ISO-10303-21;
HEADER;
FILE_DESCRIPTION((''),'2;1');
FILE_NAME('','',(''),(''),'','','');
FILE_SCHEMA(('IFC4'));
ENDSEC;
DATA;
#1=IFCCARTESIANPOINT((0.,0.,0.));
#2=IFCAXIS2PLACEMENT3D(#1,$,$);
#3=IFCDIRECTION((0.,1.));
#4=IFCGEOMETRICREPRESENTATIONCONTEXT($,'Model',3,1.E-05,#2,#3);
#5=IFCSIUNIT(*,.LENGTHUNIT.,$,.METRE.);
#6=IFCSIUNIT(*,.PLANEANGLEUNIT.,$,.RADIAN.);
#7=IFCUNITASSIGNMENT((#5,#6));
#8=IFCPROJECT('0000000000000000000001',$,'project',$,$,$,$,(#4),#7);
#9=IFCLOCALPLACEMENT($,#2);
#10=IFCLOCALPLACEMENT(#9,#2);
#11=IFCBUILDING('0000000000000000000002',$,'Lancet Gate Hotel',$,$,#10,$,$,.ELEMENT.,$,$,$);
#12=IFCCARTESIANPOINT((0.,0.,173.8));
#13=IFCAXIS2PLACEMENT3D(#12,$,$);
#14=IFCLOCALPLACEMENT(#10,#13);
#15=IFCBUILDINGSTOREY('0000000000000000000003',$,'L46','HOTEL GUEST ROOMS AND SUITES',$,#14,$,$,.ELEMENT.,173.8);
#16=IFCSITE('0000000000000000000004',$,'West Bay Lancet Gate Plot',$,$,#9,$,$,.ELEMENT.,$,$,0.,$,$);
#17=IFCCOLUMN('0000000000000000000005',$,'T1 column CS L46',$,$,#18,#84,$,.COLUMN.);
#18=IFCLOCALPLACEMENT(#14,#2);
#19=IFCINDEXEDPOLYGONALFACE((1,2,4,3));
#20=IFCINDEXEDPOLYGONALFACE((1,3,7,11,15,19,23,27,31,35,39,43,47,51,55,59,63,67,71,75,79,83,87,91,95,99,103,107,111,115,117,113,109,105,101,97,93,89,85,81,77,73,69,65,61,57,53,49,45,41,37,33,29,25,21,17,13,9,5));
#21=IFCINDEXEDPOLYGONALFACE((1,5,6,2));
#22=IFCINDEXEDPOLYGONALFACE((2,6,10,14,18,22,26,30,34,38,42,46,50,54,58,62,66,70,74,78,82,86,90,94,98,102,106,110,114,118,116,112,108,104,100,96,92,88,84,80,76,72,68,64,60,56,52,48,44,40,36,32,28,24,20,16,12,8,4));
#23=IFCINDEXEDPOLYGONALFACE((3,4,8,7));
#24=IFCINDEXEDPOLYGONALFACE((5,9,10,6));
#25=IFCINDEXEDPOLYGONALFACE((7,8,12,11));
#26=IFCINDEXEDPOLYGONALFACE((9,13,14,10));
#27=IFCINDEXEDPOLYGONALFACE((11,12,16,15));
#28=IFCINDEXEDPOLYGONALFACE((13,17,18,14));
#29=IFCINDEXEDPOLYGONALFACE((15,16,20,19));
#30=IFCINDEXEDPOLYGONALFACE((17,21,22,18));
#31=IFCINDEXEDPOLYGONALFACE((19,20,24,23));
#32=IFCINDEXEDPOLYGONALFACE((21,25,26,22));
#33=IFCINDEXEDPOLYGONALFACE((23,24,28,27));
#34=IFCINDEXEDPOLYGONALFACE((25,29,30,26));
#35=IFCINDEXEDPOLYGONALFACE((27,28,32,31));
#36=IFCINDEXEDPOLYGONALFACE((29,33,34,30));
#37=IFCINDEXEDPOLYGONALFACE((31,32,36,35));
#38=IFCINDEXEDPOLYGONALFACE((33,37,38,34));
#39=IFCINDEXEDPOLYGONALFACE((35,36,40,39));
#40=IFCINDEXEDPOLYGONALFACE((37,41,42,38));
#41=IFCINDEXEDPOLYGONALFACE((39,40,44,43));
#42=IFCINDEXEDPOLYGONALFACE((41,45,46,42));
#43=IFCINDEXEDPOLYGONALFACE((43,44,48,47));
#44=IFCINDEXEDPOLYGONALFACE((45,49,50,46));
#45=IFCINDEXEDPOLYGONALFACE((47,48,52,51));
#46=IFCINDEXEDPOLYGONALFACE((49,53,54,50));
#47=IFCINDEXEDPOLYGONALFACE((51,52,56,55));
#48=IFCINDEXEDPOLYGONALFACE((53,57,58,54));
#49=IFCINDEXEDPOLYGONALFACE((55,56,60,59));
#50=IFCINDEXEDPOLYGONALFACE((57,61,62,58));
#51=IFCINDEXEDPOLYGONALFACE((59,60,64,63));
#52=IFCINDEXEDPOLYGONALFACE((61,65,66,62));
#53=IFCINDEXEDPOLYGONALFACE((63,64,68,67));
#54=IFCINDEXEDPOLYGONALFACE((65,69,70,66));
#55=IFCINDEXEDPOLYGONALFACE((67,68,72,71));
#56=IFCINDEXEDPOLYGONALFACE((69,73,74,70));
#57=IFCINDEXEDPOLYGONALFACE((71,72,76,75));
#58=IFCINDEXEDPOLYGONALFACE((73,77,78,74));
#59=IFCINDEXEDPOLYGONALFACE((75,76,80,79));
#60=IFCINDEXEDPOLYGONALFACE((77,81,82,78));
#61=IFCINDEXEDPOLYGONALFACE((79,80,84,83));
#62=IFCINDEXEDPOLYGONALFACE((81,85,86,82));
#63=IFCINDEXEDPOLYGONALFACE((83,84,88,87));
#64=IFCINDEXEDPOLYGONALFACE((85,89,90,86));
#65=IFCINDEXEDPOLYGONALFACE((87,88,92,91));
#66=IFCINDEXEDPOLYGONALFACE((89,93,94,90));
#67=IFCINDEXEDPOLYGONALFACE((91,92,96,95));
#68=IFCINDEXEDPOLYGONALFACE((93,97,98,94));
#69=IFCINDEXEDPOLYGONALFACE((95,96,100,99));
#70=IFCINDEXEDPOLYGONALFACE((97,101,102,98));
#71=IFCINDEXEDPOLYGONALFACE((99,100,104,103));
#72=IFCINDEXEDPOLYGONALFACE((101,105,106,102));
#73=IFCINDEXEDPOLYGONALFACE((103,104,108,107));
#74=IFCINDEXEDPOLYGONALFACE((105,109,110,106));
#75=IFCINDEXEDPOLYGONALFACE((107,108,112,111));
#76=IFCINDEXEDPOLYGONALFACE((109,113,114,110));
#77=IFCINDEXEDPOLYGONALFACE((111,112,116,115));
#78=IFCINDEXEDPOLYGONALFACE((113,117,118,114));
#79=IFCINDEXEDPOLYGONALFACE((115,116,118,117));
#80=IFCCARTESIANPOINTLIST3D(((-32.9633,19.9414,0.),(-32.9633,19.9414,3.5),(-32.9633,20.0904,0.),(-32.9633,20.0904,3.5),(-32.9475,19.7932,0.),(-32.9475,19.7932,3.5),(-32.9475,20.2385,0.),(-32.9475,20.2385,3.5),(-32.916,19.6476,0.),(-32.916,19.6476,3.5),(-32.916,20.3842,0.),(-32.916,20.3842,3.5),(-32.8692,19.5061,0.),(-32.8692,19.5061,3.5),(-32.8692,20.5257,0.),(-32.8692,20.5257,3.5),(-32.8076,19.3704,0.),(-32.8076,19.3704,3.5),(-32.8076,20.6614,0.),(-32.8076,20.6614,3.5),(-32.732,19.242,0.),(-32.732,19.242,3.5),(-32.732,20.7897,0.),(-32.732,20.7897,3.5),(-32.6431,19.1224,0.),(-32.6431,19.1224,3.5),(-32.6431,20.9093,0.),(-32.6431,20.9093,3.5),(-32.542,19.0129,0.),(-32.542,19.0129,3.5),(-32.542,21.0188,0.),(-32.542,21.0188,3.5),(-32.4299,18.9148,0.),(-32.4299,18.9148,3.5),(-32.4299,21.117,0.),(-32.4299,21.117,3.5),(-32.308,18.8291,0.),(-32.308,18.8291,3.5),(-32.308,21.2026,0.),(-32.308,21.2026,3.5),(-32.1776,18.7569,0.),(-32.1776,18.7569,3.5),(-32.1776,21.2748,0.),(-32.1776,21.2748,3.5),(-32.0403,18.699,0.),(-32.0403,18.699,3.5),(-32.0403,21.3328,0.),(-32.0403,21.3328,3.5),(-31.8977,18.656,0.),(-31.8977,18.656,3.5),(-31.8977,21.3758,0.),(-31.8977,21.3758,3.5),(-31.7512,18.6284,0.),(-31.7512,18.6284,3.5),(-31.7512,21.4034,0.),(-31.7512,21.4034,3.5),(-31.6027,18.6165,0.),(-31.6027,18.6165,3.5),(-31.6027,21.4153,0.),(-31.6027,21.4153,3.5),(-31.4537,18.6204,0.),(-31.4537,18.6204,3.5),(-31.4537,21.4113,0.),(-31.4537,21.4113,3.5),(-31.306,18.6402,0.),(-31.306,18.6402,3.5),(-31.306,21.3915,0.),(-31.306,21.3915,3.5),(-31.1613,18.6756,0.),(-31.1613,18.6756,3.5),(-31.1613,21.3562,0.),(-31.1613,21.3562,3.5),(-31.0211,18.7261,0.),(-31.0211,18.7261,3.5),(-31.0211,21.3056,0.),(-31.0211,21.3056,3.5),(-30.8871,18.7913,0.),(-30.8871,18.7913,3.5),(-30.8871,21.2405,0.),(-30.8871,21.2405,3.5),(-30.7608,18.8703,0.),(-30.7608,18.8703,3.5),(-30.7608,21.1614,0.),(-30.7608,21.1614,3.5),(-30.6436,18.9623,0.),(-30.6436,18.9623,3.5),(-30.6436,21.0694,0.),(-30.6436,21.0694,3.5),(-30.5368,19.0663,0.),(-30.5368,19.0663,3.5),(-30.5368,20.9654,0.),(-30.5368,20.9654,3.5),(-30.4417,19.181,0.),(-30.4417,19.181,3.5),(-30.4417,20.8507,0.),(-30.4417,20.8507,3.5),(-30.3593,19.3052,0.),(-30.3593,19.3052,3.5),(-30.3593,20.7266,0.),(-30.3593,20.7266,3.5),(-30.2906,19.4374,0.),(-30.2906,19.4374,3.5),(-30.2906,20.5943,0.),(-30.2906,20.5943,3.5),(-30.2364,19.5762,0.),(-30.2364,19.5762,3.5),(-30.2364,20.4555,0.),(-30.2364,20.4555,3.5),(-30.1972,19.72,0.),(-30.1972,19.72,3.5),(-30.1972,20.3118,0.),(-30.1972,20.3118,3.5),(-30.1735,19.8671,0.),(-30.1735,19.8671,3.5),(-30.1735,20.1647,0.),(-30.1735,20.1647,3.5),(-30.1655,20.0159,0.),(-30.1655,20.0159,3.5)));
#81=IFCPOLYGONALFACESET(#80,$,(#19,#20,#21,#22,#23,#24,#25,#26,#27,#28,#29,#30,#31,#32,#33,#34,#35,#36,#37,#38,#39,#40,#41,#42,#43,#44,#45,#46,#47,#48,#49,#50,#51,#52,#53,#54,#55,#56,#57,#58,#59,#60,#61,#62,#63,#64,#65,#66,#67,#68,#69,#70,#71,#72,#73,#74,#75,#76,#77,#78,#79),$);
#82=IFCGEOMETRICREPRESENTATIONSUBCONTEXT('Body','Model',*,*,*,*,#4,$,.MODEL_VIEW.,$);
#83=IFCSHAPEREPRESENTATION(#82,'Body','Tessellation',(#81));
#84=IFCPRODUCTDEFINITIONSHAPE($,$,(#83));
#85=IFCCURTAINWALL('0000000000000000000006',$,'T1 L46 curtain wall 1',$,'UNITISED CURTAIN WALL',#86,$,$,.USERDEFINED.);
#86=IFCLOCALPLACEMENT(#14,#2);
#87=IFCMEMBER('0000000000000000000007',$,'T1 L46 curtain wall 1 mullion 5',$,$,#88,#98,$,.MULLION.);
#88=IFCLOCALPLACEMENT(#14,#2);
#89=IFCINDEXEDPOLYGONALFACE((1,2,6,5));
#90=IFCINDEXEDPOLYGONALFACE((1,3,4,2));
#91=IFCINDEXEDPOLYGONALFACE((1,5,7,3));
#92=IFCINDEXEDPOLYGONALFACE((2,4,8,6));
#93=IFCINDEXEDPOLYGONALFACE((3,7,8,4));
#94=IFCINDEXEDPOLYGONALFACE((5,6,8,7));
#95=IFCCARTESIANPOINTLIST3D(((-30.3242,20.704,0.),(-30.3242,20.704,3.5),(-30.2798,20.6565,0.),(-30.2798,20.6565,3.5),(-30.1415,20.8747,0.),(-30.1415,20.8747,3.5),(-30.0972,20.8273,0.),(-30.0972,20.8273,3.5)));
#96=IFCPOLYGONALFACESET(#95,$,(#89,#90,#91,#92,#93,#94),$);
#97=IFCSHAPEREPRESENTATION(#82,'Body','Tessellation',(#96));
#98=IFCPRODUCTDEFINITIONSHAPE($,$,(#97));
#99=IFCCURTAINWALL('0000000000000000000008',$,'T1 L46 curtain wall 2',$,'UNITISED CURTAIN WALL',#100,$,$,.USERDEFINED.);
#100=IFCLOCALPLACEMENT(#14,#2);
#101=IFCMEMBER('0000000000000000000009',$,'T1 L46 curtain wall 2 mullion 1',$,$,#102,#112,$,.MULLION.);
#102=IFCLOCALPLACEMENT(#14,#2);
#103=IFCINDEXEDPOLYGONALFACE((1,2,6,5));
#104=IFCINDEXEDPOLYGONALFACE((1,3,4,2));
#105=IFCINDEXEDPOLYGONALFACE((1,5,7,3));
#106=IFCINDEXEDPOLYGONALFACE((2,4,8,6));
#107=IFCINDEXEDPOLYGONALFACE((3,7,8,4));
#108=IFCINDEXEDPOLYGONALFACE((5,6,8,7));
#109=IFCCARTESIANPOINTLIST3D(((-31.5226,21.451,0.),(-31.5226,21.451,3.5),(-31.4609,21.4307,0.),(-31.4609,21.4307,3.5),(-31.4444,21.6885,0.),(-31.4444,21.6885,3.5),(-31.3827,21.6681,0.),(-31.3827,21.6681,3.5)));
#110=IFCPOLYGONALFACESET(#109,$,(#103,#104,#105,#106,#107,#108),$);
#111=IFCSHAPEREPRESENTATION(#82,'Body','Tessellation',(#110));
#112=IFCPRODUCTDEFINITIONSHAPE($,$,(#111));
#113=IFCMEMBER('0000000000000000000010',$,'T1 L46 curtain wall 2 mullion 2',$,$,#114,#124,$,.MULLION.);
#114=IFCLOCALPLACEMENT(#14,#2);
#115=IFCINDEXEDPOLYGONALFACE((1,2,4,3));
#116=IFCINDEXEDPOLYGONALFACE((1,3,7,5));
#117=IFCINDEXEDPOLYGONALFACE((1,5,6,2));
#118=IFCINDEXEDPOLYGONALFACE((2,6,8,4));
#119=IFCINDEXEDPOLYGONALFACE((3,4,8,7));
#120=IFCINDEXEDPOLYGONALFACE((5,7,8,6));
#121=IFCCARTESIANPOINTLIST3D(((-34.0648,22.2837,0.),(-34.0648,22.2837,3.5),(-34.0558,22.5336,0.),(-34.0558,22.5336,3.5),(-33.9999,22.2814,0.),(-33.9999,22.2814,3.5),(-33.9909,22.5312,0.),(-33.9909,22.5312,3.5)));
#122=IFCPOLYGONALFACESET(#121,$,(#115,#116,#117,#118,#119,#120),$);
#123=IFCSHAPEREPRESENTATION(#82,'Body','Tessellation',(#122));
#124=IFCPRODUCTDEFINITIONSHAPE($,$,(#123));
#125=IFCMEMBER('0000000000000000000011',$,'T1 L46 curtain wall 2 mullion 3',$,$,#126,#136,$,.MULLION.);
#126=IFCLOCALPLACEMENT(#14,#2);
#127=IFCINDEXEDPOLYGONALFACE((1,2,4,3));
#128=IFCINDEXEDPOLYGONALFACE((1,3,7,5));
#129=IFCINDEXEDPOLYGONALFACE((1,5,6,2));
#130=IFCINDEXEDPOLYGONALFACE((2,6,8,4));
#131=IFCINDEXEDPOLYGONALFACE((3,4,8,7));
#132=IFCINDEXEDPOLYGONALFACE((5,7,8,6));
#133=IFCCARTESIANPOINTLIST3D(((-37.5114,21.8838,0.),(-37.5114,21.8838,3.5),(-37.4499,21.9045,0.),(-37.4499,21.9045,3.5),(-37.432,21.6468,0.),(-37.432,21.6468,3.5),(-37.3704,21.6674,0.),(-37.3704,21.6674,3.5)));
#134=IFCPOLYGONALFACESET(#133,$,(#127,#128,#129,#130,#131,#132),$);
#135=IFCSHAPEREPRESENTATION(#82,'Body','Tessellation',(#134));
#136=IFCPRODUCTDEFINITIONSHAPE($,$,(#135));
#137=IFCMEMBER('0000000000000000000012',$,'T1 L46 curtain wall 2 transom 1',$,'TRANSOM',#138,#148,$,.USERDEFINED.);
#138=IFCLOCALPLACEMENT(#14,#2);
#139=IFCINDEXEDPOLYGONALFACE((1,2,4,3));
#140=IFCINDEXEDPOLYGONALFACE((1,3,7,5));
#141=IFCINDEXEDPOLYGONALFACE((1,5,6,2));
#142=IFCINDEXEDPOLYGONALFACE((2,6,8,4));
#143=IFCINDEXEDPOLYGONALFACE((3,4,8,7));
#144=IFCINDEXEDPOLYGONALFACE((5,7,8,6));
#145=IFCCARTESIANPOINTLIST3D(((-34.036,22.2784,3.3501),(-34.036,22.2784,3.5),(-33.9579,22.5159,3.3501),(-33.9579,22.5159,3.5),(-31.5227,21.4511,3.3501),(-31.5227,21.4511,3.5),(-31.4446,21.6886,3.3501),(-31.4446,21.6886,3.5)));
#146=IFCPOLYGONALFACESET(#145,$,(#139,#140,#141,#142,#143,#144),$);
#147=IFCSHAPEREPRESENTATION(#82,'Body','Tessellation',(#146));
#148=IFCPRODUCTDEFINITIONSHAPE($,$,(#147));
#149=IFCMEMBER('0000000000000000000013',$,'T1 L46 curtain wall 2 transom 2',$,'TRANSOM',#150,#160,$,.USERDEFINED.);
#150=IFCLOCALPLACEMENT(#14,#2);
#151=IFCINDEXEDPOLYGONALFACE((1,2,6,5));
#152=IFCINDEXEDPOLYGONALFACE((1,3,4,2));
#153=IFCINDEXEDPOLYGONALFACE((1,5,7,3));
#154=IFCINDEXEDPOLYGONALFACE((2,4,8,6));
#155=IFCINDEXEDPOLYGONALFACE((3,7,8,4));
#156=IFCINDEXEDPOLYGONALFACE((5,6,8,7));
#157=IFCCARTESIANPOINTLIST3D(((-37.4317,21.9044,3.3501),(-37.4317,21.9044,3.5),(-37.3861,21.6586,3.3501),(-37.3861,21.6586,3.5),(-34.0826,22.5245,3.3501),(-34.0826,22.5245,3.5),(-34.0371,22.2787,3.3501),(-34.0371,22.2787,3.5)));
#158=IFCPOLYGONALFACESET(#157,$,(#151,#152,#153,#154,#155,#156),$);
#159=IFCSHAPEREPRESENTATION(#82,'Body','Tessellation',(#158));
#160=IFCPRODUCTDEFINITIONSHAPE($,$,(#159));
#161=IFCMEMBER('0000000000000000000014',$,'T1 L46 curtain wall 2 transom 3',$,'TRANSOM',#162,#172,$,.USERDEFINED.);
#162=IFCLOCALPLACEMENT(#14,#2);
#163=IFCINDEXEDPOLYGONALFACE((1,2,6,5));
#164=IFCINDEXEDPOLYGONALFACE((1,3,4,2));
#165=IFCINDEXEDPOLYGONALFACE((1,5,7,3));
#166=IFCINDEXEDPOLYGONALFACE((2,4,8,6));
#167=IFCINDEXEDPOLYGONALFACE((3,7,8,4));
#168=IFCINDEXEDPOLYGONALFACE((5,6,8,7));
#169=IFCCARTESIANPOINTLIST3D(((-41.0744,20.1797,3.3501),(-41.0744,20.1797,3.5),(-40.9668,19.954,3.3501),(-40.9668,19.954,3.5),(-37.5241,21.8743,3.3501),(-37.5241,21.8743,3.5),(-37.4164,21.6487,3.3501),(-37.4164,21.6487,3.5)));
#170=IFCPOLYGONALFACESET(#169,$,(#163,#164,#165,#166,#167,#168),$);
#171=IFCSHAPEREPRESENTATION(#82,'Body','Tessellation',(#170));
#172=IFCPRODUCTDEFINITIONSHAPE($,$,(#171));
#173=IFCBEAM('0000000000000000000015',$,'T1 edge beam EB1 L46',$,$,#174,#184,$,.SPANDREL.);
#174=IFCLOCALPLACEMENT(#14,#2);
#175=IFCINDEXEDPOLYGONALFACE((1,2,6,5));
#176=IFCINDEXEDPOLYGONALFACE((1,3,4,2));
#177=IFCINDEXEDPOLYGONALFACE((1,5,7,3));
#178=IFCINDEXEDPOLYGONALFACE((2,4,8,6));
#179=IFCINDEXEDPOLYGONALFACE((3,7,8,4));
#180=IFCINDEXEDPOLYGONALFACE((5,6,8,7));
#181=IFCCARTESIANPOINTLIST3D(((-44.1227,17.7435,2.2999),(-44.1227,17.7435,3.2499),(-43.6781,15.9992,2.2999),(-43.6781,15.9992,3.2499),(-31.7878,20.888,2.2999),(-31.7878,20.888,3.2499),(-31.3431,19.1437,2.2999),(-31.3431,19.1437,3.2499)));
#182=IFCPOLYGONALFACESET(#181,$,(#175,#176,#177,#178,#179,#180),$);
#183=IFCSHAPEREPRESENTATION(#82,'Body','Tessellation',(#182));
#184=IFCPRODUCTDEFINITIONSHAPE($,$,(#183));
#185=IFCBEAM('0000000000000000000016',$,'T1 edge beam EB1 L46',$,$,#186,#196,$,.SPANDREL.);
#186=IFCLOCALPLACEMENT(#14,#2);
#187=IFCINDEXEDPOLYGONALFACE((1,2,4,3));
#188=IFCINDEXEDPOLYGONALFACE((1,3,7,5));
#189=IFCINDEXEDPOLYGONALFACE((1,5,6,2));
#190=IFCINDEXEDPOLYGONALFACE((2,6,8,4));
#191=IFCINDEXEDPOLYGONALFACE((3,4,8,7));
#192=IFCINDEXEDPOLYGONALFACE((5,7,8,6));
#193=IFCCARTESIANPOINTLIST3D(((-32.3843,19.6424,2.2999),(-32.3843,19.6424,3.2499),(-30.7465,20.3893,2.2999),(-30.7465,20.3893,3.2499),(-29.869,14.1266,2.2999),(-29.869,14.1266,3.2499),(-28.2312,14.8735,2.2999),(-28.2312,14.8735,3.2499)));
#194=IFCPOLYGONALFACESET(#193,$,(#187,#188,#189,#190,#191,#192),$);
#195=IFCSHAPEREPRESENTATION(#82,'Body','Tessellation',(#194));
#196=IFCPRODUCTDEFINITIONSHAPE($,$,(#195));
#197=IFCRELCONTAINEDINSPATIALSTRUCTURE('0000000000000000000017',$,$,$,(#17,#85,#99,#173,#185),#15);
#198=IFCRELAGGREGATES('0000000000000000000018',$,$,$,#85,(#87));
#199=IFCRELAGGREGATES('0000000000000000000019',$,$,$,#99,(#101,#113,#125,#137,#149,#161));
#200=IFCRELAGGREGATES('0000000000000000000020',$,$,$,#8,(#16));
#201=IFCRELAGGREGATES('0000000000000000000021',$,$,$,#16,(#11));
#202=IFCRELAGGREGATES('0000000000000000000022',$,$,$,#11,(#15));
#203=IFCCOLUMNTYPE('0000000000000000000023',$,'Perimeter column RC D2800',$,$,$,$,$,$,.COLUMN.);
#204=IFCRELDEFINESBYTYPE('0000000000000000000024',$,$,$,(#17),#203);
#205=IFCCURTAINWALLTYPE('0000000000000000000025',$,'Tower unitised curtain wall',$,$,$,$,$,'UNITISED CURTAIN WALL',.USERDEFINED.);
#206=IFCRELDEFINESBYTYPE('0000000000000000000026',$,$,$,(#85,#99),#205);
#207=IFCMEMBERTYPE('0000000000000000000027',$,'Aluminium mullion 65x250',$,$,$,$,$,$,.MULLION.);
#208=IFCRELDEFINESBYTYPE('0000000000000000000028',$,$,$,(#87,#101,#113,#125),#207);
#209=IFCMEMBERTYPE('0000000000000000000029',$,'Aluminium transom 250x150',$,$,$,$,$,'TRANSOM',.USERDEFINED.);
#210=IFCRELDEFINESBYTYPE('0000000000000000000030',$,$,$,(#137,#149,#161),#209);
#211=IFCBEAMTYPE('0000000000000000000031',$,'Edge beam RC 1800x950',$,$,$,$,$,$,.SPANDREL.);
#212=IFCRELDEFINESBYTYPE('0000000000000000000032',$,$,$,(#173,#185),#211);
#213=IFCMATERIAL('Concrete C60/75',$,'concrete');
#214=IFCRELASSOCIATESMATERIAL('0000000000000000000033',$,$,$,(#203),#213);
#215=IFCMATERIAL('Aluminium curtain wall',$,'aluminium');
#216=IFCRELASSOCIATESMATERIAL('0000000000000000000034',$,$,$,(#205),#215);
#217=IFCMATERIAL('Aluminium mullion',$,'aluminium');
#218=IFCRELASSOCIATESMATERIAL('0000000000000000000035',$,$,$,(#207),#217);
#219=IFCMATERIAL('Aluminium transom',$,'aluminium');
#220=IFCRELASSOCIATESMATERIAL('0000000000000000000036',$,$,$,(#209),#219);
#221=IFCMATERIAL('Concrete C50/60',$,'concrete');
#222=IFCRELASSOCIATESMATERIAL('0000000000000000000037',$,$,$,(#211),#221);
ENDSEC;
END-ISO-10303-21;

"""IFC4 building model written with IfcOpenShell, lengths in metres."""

from ifc_helpers import new_model, si_unit, direction, frame, origin, origin_2d, place, context, subcontext, project, spatial, rectangle, circle, extrude, material, material_profile, profile_set, type_object, element, aggregate, save


model = new_model("IFC4")

# Units and contexts
model_context = context("Model", 3, precision=1e-05, world=origin(), true_north=direction((0.0, 1.0)))
body_context = subcontext(model_context, "Body", "Model", "MODEL_VIEW")
ifc_project = project(units=[si_unit("LENGTHUNIT", "METRE"), si_unit("PLANEANGLEUNIT", "RADIAN")], contexts=[model_context])

# Site, building, storey
site_placement = place(None, origin())
site = spatial("IfcSite", under=ifc_project, at=site_placement, Name="West Bay Lancet Gate Plot", CompositionType="ELEMENT", RefElevation=0.0)
building_placement = place(site_placement, origin())
building = spatial("IfcBuilding", under=site, at=building_placement, Name="Lancet Gate Hotel", CompositionType="ELEMENT")
storey_placement = place(building_placement, frame((0.0, 0.0, 173.8)))
storey = spatial("IfcBuildingStorey", under=building, at=storey_placement, Name="L46", Description="HOTEL GUEST ROOMS AND SUITES", CompositionType="ELEMENT", Elevation=173.8)

# Column
ifc_material_1 = material(Name="Concrete C60/75", Category="concrete")
ifc_material_profile_1 = material_profile(ifc_material_1, circle(Radius=1.3999, at=origin_2d()), Name="RC D2800")
ifc_profile_set_1 = profile_set([ifc_material_profile_1], Name="Concrete C60/75")
column_type = type_object("IfcColumnType", Name="Perimeter column RC D2800", PredefinedType="COLUMN", material=ifc_profile_set_1)
column_placement = place(storey_placement, frame((-31.5654, 20.0159, 0.0), z_axis=(0.0, 0.0, 1.0), x_axis=(1.0, 0.0, 0.0)))
element("IfcColumn", 1, at=column_placement, inside=storey, type_object=column_type, Name="T1 column CS L46", PredefinedType="COLUMN", context=body_context, shape_type="SweptSolid", body=[
    extrude(circle(Radius=1.3999, at=origin_2d()), origin(), (0.0, 0.0, 1.0), 3.5),
])

# Curtain wall, member
ifc_material_2 = material(Name="Aluminium curtain wall", Category="aluminium")
curtain_wall_type = type_object("IfcCurtainWallType", Name="Tower unitised curtain wall", ElementType="UNITISED CURTAIN WALL", PredefinedType="USERDEFINED", material=ifc_material_2)
curtain_wall_1_placement = place(storey_placement, origin())
curtain_wall_1 = element("IfcCurtainWall", 2, at=curtain_wall_1_placement, inside=storey, type_object=curtain_wall_type, Name="T1 L46 curtain wall 1", ObjectType="UNITISED CURTAIN WALL", PredefinedType="USERDEFINED")
ifc_material_3 = material(Name="Aluminium mullion", Category="aluminium")
ifc_material_profile_2 = material_profile(ifc_material_3, rectangle(XDim=0.0649, YDim=0.25, at=origin_2d()), Name="MULLION 65x250")
ifc_profile_set_2 = profile_set([ifc_material_profile_2], Name="Aluminium mullion")
member_type_1 = type_object("IfcMemberType", Name="Aluminium mullion 65x250", PredefinedType="MULLION", material=ifc_profile_set_2)
member_1_placement = place(storey_placement, frame((-30.2107, 20.7656, 0.0), z_axis=(0.0, 0.0, 1.0), x_axis=(-0.682845, 0.730563, 0.0)))
member_1 = element("IfcMember", 3, at=member_1_placement, type_object=member_type_1, Name="T1 L46 curtain wall 1 mullion 5", PredefinedType="MULLION", context=body_context, shape_type="SweptSolid", body=[
    extrude(rectangle(XDim=0.0649, YDim=0.25, at=origin_2d()), origin(), (0.0, 0.0, 1.0), 3.5),
])
aggregate(curtain_wall_1, [member_1])

# Curtain wall, members
curtain_wall_2_placement = place(storey_placement, origin())
curtain_wall_2 = element("IfcCurtainWall", 4, at=curtain_wall_2_placement, inside=storey, type_object=curtain_wall_type, Name="T1 L46 curtain wall 2", ObjectType="UNITISED CURTAIN WALL", PredefinedType="USERDEFINED")
member_2_placement = place(storey_placement, frame((-31.4526, 21.5596, 0.0), z_axis=(0.0, 0.0, 1.0), x_axis=(-0.949848, 0.312712, 0.0)))
member_2 = element("IfcMember", 5, at=member_2_placement, type_object=member_type_1, Name="T1 L46 curtain wall 2 mullion 1", PredefinedType="MULLION", context=body_context, shape_type="SweptSolid", body=[
    extrude(rectangle(XDim=0.0649, YDim=0.25, at=origin_2d()), origin(), (0.0, 0.0, 1.0), 3.5),
])
member_3_placement = place(storey_placement, frame((-34.0278, 22.4075, 0.0), z_axis=(0.0, 0.0, 1.0), x_axis=(-0.99935, 0.036037, 0.0)))
member_3 = element("IfcMember", 6, at=member_3_placement, type_object=member_type_1, Name="T1 L46 curtain wall 2 mullion 2", PredefinedType="MULLION", context=body_context, shape_type="SweptSolid", body=[
    extrude(rectangle(XDim=0.0649, YDim=0.25, at=origin_2d()), origin(), (0.0, 0.0, 1.0), 3.5),
])
member_4_placement = place(storey_placement, frame((-37.4409, 21.7756, 0.0), z_axis=(0.0, 0.0, 1.0), x_axis=(-0.948119, -0.317915, 0.0)))
member_4 = element("IfcMember", 7, at=member_4_placement, type_object=member_type_1, Name="T1 L46 curtain wall 2 mullion 3", PredefinedType="MULLION", context=body_context, shape_type="SweptSolid", body=[
    extrude(rectangle(XDim=0.0649, YDim=0.25, at=origin_2d()), origin(), (0.0, 0.0, 1.0), 3.5),
])
ifc_material_4 = material(Name="Aluminium transom", Category="aluminium")
ifc_material_profile_3 = material_profile(ifc_material_4, rectangle(XDim=0.25, YDim=0.1499, at=origin_2d()), Name="TRANSOM 250x150")
ifc_profile_set_3 = profile_set([ifc_material_profile_3], Name="Aluminium transom")
member_type_2 = type_object("IfcMemberType", Name="Aluminium transom 250x150", ElementType="TRANSOM", PredefinedType="USERDEFINED", material=ifc_profile_set_3)
member_5_placement = place(storey_placement, frame((-31.4836, 21.5698, 3.425), z_axis=(-0.949858, 0.312683, 0.0), x_axis=(-0.312683, -0.949858, 0.0)))
member_5 = element("IfcMember", 8, at=member_5_placement, type_object=member_type_2, Name="T1 L46 curtain wall 2 transom 1", ObjectType="TRANSOM", PredefinedType="USERDEFINED", context=body_context, shape_type="SweptSolid", body=[
    extrude(rectangle(XDim=0.25, YDim=0.1499, at=origin_2d()), origin(), (0.0, 0.0, 1.0), 2.646),
])
member_6_placement = place(storey_placement, frame((-34.0598, 22.4016, 3.425), z_axis=(-0.983287, -0.182064, 0.0), x_axis=(0.182064, -0.983287, 0.0)))
member_6 = element("IfcMember", 9, at=member_6_placement, type_object=member_type_2, Name="T1 L46 curtain wall 2 transom 2", ObjectType="TRANSOM", PredefinedType="USERDEFINED", context=body_context, shape_type="SweptSolid", body=[
    extrude(rectangle(XDim=0.25, YDim=0.1499, at=origin_2d()), origin(), (0.0, 0.0, 1.0), 3.406),
])
member_7_placement = place(storey_placement, frame((-37.4702, 21.7615, 3.425), z_axis=(-0.902469, -0.430755, 0.0), x_axis=(0.430755, -0.902469, 0.0)))
member_7 = element("IfcMember", 10, at=member_7_placement, type_object=member_type_2, Name="T1 L46 curtain wall 2 transom 3", ObjectType="TRANSOM", PredefinedType="USERDEFINED", context=body_context, shape_type="SweptSolid", body=[
    extrude(rectangle(XDim=0.25, YDim=0.1499, at=origin_2d()), origin(), (0.0, 0.0, 1.0), 3.9341),
])

# Beams
ifc_material_5 = material(Name="Concrete C50/60", Category="concrete")
ifc_material_profile_4 = material_profile(ifc_material_5, rectangle(XDim=1.8, YDim=0.95, at=origin_2d()), Name="RC 1800x950")
ifc_profile_set_4 = profile_set([ifc_material_profile_4], Name="Concrete C50/60")
beam_type_1 = type_object("IfcBeamType", Name="Edge beam RC 1800x950", PredefinedType="SPANDREL", material=ifc_profile_set_4)
beam_1_placement = place(storey_placement, frame((-31.5654, 20.0159, 2.7749), z_axis=(-0.969008, -0.247028, 0.0), x_axis=(0.247028, -0.969008, 0.0)))
element("IfcBeam", 11, at=beam_1_placement, inside=storey, type_object=beam_type_1, Name="T1 edge beam EB1 L46", PredefinedType="SPANDREL", context=body_context, shape_type="SweptSolid", body=[
    extrude(rectangle(XDim=1.8, YDim=0.95, at=origin_2d()), origin(), (0.0, 0.0, 1.0), 12.7295),
])
beam_2_placement = place(storey_placement, frame((-31.5654, 20.0159, 2.7749), z_axis=(0.414919, -0.909858, 0.0), x_axis=(0.909858, 0.414919, 0.0)))
element("IfcBeam", 12, at=beam_2_placement, inside=storey, type_object=beam_type_1, Name="T1 edge beam EB1 L46", PredefinedType="SPANDREL", context=body_context, shape_type="SweptSolid", body=[
    extrude(rectangle(XDim=1.8, YDim=0.95, at=origin_2d()), origin(), (0.0, 0.0, 1.0), 6.0623),
])

aggregate(curtain_wall_2, [member_2, member_3, member_4, member_5, member_6, member_7])

save(model, "model.ifc")
